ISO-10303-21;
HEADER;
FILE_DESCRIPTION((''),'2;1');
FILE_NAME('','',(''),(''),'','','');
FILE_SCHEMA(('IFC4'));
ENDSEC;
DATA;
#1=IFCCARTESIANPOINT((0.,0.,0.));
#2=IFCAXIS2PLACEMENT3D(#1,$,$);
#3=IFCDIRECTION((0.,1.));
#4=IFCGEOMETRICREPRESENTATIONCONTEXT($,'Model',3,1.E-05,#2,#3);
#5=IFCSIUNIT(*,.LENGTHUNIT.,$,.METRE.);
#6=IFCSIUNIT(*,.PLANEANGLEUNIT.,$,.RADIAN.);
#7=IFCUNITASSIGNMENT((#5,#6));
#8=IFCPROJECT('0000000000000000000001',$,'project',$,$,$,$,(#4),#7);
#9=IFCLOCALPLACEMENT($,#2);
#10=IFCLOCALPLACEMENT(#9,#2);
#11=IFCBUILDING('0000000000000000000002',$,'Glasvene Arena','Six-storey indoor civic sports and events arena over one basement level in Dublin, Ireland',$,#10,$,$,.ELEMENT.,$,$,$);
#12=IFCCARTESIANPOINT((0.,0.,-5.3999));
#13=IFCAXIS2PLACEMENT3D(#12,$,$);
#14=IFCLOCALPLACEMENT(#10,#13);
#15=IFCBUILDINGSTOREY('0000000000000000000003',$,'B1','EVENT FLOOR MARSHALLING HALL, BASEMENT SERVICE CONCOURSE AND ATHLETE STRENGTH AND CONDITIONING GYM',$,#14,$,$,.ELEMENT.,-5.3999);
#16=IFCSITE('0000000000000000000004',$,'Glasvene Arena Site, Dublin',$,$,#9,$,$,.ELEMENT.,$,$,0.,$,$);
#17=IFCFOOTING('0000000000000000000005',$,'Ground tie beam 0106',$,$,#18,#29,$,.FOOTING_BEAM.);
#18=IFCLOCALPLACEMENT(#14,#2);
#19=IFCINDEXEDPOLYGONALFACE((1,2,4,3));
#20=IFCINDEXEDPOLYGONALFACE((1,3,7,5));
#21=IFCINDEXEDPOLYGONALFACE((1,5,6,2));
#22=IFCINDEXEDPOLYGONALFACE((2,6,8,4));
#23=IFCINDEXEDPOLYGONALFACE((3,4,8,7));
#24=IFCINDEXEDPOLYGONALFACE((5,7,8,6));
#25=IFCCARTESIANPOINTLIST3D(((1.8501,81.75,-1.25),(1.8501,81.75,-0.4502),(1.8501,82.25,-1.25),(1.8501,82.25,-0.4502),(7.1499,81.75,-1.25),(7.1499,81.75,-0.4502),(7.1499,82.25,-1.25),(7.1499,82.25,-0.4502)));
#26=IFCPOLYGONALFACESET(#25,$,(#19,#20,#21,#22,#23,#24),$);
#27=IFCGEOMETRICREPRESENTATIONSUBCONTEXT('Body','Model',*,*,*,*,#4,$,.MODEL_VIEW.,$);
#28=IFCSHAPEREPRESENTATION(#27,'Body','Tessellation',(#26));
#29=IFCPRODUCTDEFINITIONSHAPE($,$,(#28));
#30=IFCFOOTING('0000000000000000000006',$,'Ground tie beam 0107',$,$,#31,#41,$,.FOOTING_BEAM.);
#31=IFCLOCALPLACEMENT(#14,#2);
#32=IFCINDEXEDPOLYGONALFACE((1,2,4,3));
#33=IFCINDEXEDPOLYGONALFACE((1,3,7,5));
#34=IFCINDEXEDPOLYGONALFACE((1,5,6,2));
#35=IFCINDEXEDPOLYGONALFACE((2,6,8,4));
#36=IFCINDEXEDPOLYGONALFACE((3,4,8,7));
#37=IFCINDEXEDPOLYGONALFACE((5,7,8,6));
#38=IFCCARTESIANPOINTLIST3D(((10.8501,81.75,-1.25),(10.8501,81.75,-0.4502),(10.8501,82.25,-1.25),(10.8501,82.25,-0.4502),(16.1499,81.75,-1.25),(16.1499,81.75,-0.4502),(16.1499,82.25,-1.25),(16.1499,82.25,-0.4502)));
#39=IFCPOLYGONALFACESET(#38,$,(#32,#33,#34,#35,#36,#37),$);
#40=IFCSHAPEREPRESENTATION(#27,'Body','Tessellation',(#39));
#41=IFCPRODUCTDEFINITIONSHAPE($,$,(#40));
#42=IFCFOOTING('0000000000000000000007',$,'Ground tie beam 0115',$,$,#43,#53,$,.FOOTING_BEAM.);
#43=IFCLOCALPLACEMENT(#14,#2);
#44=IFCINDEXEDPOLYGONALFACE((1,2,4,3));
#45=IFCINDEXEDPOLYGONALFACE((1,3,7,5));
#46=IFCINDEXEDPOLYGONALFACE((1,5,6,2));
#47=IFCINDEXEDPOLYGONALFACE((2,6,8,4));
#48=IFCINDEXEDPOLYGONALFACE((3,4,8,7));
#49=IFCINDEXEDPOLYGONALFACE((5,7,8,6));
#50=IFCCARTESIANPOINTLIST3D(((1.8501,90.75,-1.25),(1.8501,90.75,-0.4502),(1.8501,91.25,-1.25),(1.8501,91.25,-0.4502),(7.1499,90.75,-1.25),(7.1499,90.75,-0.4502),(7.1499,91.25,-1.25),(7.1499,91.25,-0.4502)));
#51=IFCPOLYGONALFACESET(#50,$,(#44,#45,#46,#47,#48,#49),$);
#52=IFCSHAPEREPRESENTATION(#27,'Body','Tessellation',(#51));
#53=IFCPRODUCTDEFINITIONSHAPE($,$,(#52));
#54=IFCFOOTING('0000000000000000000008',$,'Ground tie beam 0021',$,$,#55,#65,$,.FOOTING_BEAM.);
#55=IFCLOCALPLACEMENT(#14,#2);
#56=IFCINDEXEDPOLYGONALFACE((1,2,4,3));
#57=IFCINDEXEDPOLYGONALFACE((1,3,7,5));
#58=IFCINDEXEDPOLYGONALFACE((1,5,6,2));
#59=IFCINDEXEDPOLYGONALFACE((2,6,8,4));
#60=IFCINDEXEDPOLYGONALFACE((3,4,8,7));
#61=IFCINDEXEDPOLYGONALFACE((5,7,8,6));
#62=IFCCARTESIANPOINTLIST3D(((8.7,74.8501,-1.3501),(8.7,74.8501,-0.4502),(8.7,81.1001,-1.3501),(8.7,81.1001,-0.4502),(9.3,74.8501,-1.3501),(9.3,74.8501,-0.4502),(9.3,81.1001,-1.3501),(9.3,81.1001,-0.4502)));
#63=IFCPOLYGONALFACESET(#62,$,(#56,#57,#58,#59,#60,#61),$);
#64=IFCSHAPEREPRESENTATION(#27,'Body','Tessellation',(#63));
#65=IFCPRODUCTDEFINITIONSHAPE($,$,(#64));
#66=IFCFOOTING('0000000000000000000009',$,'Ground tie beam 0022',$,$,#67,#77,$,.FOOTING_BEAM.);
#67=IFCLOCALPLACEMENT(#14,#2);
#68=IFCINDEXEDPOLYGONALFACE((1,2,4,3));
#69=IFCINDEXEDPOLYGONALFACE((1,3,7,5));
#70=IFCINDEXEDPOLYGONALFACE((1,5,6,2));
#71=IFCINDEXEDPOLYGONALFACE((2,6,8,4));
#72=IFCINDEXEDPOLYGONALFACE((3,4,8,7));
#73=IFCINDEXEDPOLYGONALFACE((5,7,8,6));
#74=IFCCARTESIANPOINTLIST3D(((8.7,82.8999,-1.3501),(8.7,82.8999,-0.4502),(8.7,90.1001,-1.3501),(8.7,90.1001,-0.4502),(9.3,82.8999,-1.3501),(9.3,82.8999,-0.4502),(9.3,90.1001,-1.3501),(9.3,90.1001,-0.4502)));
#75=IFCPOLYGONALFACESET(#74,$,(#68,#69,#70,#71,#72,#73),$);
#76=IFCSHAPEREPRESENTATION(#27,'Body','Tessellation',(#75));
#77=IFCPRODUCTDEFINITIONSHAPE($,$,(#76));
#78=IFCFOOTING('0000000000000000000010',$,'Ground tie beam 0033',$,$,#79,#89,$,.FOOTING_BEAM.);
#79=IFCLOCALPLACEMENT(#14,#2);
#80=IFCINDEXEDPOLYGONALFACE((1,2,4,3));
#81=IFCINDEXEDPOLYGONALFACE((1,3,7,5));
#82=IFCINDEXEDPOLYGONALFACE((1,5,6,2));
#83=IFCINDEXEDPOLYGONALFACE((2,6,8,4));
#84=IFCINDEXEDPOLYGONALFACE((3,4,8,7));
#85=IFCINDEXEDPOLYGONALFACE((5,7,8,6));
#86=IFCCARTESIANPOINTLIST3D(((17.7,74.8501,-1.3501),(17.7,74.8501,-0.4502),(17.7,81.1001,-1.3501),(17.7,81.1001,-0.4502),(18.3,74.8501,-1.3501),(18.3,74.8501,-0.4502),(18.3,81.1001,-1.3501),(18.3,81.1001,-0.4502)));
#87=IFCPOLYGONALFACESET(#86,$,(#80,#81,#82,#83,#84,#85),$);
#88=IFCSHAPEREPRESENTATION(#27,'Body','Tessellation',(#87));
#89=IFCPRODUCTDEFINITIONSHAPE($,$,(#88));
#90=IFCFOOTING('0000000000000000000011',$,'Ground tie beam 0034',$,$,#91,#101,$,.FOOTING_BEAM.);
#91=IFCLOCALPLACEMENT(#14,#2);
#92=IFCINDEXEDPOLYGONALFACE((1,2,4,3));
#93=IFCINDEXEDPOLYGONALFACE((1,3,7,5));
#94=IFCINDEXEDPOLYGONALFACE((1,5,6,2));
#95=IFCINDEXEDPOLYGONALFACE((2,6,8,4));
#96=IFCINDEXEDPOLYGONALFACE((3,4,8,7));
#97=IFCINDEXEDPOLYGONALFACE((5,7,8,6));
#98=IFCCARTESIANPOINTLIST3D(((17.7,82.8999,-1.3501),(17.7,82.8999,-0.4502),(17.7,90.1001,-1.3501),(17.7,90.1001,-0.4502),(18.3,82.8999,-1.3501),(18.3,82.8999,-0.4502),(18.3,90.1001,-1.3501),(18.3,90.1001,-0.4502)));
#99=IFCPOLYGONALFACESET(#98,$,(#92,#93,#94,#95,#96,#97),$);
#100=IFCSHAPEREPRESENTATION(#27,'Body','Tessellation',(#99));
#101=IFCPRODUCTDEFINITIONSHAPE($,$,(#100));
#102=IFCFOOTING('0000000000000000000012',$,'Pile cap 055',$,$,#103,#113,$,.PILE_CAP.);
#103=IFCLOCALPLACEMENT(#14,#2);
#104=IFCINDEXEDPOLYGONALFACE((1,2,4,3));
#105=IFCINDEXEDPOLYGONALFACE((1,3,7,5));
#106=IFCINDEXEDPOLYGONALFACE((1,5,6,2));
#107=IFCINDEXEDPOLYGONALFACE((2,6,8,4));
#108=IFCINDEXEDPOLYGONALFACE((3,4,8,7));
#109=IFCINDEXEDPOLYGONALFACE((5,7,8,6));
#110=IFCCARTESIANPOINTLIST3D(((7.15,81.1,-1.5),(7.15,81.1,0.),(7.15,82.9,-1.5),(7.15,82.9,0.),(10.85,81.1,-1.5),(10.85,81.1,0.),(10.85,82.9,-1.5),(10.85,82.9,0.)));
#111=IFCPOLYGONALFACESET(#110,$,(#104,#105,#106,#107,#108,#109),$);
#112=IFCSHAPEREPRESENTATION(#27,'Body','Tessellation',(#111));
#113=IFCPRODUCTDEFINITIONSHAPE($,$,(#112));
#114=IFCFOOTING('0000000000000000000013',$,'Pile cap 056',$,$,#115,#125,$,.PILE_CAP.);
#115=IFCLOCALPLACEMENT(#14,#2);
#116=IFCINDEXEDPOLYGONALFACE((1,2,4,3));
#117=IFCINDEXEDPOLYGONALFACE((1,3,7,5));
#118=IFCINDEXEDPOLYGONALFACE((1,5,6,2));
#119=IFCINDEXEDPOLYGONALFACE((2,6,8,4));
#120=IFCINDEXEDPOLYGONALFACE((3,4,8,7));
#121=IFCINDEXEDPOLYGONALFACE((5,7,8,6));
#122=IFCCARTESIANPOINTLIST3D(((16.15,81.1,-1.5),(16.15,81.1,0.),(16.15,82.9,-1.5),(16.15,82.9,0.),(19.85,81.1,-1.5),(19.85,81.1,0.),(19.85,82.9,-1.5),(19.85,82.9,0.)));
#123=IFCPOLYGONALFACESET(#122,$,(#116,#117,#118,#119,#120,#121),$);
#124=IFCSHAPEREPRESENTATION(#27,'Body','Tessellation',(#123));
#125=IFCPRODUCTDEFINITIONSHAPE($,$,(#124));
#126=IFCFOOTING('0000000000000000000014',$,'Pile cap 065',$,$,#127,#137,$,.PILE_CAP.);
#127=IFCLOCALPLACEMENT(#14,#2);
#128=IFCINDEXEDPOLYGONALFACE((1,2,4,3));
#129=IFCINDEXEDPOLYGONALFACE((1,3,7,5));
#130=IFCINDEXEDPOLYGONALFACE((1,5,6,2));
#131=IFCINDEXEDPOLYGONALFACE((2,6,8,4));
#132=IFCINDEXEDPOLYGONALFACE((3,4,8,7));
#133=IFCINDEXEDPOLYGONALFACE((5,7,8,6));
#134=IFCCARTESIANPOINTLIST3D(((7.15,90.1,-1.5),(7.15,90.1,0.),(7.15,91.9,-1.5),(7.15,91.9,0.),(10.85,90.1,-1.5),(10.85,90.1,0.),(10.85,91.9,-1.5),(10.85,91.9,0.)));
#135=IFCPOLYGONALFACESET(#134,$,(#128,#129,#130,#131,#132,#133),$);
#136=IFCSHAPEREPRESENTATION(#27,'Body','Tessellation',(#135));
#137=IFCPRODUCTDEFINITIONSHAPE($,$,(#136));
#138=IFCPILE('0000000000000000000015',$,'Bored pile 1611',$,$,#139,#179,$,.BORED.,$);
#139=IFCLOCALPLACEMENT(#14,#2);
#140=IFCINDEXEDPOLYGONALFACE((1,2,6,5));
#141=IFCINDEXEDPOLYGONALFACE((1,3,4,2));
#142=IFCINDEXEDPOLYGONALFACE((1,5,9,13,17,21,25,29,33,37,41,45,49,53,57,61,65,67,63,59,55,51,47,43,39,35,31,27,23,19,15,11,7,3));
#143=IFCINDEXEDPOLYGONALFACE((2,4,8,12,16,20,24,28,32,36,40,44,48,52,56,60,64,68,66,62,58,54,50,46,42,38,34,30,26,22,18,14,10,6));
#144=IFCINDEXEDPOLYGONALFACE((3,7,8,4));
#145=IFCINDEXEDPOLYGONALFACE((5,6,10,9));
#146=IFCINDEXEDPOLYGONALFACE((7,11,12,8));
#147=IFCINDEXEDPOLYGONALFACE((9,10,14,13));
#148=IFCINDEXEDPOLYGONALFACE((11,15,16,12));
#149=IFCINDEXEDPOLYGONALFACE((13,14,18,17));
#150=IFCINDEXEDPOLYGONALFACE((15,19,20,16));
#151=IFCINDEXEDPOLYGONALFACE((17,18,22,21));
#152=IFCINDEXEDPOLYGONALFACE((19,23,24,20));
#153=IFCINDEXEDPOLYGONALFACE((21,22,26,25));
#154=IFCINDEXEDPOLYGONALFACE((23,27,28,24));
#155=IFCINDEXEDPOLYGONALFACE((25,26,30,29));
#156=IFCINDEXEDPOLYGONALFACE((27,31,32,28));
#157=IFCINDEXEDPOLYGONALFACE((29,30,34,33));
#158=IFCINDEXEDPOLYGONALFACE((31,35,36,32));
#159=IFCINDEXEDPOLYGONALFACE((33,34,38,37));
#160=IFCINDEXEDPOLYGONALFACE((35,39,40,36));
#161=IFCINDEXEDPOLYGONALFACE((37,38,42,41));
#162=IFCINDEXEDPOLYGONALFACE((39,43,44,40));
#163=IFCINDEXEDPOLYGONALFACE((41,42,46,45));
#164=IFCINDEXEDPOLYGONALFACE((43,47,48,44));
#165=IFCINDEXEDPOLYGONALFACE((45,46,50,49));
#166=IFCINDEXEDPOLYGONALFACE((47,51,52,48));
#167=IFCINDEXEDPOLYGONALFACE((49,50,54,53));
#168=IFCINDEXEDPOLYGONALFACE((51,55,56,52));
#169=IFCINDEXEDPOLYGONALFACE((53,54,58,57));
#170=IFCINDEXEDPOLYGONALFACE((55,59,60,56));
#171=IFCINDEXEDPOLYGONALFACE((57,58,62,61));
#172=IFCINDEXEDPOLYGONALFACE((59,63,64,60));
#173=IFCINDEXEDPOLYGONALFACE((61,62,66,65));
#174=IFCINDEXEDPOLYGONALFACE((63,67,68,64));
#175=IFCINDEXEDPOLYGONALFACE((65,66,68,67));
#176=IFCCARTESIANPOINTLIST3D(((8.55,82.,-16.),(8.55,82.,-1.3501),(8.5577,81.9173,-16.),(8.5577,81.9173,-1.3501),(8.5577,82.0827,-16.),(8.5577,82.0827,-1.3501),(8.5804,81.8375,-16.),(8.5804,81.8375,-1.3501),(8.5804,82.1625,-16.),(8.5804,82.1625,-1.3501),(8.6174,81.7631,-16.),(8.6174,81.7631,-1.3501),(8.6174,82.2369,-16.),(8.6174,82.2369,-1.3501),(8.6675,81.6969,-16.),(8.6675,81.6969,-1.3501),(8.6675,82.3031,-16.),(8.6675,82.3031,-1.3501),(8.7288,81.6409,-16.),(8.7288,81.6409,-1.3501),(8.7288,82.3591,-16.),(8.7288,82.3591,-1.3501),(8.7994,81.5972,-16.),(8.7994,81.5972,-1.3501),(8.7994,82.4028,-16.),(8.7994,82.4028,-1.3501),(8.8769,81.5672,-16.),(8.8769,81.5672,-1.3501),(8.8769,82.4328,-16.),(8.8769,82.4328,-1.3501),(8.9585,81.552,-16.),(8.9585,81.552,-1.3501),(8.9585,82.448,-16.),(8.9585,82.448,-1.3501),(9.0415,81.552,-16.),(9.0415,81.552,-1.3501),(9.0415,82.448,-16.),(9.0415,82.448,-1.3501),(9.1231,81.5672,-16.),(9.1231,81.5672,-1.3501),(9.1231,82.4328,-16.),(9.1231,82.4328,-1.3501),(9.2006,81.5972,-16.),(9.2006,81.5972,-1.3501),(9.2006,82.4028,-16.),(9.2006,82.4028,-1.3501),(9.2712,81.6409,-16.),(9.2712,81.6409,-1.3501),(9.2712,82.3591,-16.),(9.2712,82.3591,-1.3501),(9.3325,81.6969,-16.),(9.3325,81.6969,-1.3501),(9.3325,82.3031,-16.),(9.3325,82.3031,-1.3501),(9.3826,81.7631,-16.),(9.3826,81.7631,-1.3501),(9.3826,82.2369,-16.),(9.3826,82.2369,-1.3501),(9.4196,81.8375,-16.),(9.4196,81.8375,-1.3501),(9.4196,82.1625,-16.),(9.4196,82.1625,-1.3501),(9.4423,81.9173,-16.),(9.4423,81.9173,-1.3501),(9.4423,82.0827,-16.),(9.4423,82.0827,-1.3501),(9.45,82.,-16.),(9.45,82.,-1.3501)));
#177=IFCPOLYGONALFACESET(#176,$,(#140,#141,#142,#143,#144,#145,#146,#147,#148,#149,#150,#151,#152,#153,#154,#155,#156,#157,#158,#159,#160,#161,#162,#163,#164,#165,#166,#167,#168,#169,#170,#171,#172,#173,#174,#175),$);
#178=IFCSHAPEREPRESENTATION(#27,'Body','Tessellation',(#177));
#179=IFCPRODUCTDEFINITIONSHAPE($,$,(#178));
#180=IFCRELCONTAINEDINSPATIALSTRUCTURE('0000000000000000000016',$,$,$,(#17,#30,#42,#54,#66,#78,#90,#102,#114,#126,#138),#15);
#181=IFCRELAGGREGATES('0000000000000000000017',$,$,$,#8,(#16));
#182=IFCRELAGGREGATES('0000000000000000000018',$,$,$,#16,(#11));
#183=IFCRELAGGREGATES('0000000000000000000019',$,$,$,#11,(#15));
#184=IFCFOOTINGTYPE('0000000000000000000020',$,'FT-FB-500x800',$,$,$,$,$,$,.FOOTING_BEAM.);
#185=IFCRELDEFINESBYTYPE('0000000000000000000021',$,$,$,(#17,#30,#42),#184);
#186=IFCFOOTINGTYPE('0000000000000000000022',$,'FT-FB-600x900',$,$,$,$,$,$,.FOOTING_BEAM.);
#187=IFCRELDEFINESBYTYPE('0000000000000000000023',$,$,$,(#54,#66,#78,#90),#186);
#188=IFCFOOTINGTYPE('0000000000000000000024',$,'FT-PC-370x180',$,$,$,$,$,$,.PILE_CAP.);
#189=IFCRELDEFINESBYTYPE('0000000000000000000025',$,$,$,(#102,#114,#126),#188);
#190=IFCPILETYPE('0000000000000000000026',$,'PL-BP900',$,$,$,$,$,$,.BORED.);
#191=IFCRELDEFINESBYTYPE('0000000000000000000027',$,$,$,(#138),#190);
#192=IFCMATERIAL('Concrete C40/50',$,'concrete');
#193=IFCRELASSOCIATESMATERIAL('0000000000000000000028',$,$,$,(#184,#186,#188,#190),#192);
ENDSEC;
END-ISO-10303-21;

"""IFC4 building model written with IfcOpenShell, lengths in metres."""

from ifc_helpers import new_model, si_unit, direction, frame, origin, origin_2d, place, context, subcontext, project, spatial, polyline, rectangle, circle, outline, extrude, material, material_profile, profile_set, type_object, element, save


model = new_model("IFC4")

# Units and contexts
model_context = context("Model", 3, precision=1e-05, world=origin(), true_north=direction((0.0, 1.0)))
body_context = subcontext(model_context, "Body", "Model", "MODEL_VIEW")
ifc_project = project(units=[si_unit("LENGTHUNIT", "METRE"), si_unit("PLANEANGLEUNIT", "RADIAN")], contexts=[model_context])

# Site, building, storey
site_placement = place(None, origin())
site = spatial("IfcSite", under=ifc_project, at=site_placement, Name="Glasvene Arena Site, Dublin", CompositionType="ELEMENT", RefElevation=0.0)
building_placement = place(site_placement, origin())
building = spatial("IfcBuilding", under=site, at=building_placement, Name="Glasvene Arena", Description="Six-storey indoor civic sports and events arena over one basement level in Dublin, Ireland", CompositionType="ELEMENT")
storey_placement = place(building_placement, frame((0.0, 0.0, -5.3999)))
storey = spatial("IfcBuildingStorey", under=building, at=storey_placement, Name="B1", Description="EVENT FLOOR MARSHALLING HALL, BASEMENT SERVICE CONCOURSE AND ATHLETE STRENGTH AND CONDITIONING GYM", CompositionType="ELEMENT", Elevation=-5.3999)

# Footings
ifc_material_1 = material(Name="Concrete C40/50", Category="concrete")
footing_type_1 = type_object("IfcFootingType", Name="FT-FB-500x800", PredefinedType="FOOTING_BEAM", material=ifc_material_1)
for number, where, name in (
    (1, (4.5, 82.0, -1.25), "Ground tie beam 0106"),
    (2, (13.5, 82.0, -1.25), "Ground tie beam 0107"),
    (3, (4.5, 91.0, -1.25), "Ground tie beam 0115"),
):
    element("IfcFooting", number, at=place(storey_placement, frame(where)), inside=storey, type_object=footing_type_1, Name=name, PredefinedType="FOOTING_BEAM", context=body_context, shape_type="SweptSolid", body=[
        extrude(outline(polyline([(-2.6499, -0.25), (2.6499, -0.25), (2.6499, 0.25), (-2.6499, 0.25), (-2.6499, -0.25)])), origin(), (0.0, 0.0, 1.0), 0.7998),
    ])
footing_type_2 = type_object("IfcFootingType", Name="FT-FB-600x900", PredefinedType="FOOTING_BEAM", material=ifc_material_1)
footing_1_placement = place(storey_placement, frame((9.0, 77.9751, -1.3501)))
element("IfcFooting", 4, at=footing_1_placement, inside=storey, type_object=footing_type_2, Name="Ground tie beam 0021", PredefinedType="FOOTING_BEAM", context=body_context, shape_type="SweptSolid", body=[
    extrude(outline(polyline([(-0.3, -3.125), (0.3, -3.125), (0.3, 3.125), (-0.3, 3.125), (-0.3, -3.125)])), origin(), (0.0, 0.0, 1.0), 0.8999),
])
footing_2_placement = place(storey_placement, frame((9.0, 86.5, -1.3501)))
element("IfcFooting", 5, at=footing_2_placement, inside=storey, type_object=footing_type_2, Name="Ground tie beam 0022", PredefinedType="FOOTING_BEAM", context=body_context, shape_type="SweptSolid", body=[
    extrude(outline(polyline([(-0.3, -3.6001), (0.3, -3.6001), (0.3, 3.6001), (-0.3, 3.6001), (-0.3, -3.6001)])), origin(), (0.0, 0.0, 1.0), 0.8999),
])
footing_3_placement = place(storey_placement, frame((18.0, 77.9751, -1.3501)))
element("IfcFooting", 6, at=footing_3_placement, inside=storey, type_object=footing_type_2, Name="Ground tie beam 0033", PredefinedType="FOOTING_BEAM", context=body_context, shape_type="SweptSolid", body=[
    extrude(outline(polyline([(-0.3, -3.125), (0.3, -3.125), (0.3, 3.125), (-0.3, 3.125), (-0.3, -3.125)])), origin(), (0.0, 0.0, 1.0), 0.8999),
])
footing_4_placement = place(storey_placement, frame((18.0, 86.5, -1.3501)))
element("IfcFooting", 7, at=footing_4_placement, inside=storey, type_object=footing_type_2, Name="Ground tie beam 0034", PredefinedType="FOOTING_BEAM", context=body_context, shape_type="SweptSolid", body=[
    extrude(outline(polyline([(-0.3, -3.6001), (0.3, -3.6001), (0.3, 3.6001), (-0.3, 3.6001), (-0.3, -3.6001)])), origin(), (0.0, 0.0, 1.0), 0.8999),
])
footing_type_3 = type_object("IfcFootingType", Name="FT-PC-370x180", PredefinedType="PILE_CAP", material=ifc_material_1)
for number, where, z_axis, x_axis, name in (
    (8, (9.0, 82.0, -1.5), (0.0, 0.0, 1.0), (1.0, 0.0, 0.0), "Pile cap 055"),
    (9, (18.0, 82.0, -1.5), (0.0, 0.0, 1.0), (1.0, 0.0, 0.0), "Pile cap 056"),
    (10, (9.0, 91.0, -1.5), (0.0, 0.0, 1.0), (1.0, 0.0, 0.0), "Pile cap 065"),
):
    element("IfcFooting", number, at=place(storey_placement, frame(where, z_axis=z_axis, x_axis=x_axis)), inside=storey, type_object=footing_type_3, Name=name, PredefinedType="PILE_CAP", context=body_context, shape_type="SweptSolid", body=[
        extrude(rectangle(XDim=3.7, YDim=1.8, at=origin_2d()), origin(), (0.0, 0.0, 1.0), 1.5),
    ])

# Pile
ifc_material_profile_1 = material_profile(ifc_material_1, circle(Radius=0.45, at=origin_2d()), Name="BORED PILE 900")
ifc_profile_set_1 = profile_set([ifc_material_profile_1], Name="Concrete C40/50")
pile_type = type_object("IfcPileType", Name="PL-BP900", PredefinedType="BORED", material=ifc_profile_set_1)
for number, where, z_axis, x_axis, name in (
    (11, (9.0, 82.0, -1.3501), (0.0, 0.0, -1.0), (1.0, 0.0, 0.0), "Bored pile 1611"),
):
    element("IfcPile", number, at=place(storey_placement, frame(where, z_axis=z_axis, x_axis=x_axis)), inside=storey, type_object=pile_type, Name=name, PredefinedType="BORED", context=body_context, shape_type="SweptSolid", body=[
        extrude(circle(Radius=0.45, at=origin_2d()), origin(), (0.0, 0.0, 1.0), 14.6499),
    ])

save(model, "model.ifc")
